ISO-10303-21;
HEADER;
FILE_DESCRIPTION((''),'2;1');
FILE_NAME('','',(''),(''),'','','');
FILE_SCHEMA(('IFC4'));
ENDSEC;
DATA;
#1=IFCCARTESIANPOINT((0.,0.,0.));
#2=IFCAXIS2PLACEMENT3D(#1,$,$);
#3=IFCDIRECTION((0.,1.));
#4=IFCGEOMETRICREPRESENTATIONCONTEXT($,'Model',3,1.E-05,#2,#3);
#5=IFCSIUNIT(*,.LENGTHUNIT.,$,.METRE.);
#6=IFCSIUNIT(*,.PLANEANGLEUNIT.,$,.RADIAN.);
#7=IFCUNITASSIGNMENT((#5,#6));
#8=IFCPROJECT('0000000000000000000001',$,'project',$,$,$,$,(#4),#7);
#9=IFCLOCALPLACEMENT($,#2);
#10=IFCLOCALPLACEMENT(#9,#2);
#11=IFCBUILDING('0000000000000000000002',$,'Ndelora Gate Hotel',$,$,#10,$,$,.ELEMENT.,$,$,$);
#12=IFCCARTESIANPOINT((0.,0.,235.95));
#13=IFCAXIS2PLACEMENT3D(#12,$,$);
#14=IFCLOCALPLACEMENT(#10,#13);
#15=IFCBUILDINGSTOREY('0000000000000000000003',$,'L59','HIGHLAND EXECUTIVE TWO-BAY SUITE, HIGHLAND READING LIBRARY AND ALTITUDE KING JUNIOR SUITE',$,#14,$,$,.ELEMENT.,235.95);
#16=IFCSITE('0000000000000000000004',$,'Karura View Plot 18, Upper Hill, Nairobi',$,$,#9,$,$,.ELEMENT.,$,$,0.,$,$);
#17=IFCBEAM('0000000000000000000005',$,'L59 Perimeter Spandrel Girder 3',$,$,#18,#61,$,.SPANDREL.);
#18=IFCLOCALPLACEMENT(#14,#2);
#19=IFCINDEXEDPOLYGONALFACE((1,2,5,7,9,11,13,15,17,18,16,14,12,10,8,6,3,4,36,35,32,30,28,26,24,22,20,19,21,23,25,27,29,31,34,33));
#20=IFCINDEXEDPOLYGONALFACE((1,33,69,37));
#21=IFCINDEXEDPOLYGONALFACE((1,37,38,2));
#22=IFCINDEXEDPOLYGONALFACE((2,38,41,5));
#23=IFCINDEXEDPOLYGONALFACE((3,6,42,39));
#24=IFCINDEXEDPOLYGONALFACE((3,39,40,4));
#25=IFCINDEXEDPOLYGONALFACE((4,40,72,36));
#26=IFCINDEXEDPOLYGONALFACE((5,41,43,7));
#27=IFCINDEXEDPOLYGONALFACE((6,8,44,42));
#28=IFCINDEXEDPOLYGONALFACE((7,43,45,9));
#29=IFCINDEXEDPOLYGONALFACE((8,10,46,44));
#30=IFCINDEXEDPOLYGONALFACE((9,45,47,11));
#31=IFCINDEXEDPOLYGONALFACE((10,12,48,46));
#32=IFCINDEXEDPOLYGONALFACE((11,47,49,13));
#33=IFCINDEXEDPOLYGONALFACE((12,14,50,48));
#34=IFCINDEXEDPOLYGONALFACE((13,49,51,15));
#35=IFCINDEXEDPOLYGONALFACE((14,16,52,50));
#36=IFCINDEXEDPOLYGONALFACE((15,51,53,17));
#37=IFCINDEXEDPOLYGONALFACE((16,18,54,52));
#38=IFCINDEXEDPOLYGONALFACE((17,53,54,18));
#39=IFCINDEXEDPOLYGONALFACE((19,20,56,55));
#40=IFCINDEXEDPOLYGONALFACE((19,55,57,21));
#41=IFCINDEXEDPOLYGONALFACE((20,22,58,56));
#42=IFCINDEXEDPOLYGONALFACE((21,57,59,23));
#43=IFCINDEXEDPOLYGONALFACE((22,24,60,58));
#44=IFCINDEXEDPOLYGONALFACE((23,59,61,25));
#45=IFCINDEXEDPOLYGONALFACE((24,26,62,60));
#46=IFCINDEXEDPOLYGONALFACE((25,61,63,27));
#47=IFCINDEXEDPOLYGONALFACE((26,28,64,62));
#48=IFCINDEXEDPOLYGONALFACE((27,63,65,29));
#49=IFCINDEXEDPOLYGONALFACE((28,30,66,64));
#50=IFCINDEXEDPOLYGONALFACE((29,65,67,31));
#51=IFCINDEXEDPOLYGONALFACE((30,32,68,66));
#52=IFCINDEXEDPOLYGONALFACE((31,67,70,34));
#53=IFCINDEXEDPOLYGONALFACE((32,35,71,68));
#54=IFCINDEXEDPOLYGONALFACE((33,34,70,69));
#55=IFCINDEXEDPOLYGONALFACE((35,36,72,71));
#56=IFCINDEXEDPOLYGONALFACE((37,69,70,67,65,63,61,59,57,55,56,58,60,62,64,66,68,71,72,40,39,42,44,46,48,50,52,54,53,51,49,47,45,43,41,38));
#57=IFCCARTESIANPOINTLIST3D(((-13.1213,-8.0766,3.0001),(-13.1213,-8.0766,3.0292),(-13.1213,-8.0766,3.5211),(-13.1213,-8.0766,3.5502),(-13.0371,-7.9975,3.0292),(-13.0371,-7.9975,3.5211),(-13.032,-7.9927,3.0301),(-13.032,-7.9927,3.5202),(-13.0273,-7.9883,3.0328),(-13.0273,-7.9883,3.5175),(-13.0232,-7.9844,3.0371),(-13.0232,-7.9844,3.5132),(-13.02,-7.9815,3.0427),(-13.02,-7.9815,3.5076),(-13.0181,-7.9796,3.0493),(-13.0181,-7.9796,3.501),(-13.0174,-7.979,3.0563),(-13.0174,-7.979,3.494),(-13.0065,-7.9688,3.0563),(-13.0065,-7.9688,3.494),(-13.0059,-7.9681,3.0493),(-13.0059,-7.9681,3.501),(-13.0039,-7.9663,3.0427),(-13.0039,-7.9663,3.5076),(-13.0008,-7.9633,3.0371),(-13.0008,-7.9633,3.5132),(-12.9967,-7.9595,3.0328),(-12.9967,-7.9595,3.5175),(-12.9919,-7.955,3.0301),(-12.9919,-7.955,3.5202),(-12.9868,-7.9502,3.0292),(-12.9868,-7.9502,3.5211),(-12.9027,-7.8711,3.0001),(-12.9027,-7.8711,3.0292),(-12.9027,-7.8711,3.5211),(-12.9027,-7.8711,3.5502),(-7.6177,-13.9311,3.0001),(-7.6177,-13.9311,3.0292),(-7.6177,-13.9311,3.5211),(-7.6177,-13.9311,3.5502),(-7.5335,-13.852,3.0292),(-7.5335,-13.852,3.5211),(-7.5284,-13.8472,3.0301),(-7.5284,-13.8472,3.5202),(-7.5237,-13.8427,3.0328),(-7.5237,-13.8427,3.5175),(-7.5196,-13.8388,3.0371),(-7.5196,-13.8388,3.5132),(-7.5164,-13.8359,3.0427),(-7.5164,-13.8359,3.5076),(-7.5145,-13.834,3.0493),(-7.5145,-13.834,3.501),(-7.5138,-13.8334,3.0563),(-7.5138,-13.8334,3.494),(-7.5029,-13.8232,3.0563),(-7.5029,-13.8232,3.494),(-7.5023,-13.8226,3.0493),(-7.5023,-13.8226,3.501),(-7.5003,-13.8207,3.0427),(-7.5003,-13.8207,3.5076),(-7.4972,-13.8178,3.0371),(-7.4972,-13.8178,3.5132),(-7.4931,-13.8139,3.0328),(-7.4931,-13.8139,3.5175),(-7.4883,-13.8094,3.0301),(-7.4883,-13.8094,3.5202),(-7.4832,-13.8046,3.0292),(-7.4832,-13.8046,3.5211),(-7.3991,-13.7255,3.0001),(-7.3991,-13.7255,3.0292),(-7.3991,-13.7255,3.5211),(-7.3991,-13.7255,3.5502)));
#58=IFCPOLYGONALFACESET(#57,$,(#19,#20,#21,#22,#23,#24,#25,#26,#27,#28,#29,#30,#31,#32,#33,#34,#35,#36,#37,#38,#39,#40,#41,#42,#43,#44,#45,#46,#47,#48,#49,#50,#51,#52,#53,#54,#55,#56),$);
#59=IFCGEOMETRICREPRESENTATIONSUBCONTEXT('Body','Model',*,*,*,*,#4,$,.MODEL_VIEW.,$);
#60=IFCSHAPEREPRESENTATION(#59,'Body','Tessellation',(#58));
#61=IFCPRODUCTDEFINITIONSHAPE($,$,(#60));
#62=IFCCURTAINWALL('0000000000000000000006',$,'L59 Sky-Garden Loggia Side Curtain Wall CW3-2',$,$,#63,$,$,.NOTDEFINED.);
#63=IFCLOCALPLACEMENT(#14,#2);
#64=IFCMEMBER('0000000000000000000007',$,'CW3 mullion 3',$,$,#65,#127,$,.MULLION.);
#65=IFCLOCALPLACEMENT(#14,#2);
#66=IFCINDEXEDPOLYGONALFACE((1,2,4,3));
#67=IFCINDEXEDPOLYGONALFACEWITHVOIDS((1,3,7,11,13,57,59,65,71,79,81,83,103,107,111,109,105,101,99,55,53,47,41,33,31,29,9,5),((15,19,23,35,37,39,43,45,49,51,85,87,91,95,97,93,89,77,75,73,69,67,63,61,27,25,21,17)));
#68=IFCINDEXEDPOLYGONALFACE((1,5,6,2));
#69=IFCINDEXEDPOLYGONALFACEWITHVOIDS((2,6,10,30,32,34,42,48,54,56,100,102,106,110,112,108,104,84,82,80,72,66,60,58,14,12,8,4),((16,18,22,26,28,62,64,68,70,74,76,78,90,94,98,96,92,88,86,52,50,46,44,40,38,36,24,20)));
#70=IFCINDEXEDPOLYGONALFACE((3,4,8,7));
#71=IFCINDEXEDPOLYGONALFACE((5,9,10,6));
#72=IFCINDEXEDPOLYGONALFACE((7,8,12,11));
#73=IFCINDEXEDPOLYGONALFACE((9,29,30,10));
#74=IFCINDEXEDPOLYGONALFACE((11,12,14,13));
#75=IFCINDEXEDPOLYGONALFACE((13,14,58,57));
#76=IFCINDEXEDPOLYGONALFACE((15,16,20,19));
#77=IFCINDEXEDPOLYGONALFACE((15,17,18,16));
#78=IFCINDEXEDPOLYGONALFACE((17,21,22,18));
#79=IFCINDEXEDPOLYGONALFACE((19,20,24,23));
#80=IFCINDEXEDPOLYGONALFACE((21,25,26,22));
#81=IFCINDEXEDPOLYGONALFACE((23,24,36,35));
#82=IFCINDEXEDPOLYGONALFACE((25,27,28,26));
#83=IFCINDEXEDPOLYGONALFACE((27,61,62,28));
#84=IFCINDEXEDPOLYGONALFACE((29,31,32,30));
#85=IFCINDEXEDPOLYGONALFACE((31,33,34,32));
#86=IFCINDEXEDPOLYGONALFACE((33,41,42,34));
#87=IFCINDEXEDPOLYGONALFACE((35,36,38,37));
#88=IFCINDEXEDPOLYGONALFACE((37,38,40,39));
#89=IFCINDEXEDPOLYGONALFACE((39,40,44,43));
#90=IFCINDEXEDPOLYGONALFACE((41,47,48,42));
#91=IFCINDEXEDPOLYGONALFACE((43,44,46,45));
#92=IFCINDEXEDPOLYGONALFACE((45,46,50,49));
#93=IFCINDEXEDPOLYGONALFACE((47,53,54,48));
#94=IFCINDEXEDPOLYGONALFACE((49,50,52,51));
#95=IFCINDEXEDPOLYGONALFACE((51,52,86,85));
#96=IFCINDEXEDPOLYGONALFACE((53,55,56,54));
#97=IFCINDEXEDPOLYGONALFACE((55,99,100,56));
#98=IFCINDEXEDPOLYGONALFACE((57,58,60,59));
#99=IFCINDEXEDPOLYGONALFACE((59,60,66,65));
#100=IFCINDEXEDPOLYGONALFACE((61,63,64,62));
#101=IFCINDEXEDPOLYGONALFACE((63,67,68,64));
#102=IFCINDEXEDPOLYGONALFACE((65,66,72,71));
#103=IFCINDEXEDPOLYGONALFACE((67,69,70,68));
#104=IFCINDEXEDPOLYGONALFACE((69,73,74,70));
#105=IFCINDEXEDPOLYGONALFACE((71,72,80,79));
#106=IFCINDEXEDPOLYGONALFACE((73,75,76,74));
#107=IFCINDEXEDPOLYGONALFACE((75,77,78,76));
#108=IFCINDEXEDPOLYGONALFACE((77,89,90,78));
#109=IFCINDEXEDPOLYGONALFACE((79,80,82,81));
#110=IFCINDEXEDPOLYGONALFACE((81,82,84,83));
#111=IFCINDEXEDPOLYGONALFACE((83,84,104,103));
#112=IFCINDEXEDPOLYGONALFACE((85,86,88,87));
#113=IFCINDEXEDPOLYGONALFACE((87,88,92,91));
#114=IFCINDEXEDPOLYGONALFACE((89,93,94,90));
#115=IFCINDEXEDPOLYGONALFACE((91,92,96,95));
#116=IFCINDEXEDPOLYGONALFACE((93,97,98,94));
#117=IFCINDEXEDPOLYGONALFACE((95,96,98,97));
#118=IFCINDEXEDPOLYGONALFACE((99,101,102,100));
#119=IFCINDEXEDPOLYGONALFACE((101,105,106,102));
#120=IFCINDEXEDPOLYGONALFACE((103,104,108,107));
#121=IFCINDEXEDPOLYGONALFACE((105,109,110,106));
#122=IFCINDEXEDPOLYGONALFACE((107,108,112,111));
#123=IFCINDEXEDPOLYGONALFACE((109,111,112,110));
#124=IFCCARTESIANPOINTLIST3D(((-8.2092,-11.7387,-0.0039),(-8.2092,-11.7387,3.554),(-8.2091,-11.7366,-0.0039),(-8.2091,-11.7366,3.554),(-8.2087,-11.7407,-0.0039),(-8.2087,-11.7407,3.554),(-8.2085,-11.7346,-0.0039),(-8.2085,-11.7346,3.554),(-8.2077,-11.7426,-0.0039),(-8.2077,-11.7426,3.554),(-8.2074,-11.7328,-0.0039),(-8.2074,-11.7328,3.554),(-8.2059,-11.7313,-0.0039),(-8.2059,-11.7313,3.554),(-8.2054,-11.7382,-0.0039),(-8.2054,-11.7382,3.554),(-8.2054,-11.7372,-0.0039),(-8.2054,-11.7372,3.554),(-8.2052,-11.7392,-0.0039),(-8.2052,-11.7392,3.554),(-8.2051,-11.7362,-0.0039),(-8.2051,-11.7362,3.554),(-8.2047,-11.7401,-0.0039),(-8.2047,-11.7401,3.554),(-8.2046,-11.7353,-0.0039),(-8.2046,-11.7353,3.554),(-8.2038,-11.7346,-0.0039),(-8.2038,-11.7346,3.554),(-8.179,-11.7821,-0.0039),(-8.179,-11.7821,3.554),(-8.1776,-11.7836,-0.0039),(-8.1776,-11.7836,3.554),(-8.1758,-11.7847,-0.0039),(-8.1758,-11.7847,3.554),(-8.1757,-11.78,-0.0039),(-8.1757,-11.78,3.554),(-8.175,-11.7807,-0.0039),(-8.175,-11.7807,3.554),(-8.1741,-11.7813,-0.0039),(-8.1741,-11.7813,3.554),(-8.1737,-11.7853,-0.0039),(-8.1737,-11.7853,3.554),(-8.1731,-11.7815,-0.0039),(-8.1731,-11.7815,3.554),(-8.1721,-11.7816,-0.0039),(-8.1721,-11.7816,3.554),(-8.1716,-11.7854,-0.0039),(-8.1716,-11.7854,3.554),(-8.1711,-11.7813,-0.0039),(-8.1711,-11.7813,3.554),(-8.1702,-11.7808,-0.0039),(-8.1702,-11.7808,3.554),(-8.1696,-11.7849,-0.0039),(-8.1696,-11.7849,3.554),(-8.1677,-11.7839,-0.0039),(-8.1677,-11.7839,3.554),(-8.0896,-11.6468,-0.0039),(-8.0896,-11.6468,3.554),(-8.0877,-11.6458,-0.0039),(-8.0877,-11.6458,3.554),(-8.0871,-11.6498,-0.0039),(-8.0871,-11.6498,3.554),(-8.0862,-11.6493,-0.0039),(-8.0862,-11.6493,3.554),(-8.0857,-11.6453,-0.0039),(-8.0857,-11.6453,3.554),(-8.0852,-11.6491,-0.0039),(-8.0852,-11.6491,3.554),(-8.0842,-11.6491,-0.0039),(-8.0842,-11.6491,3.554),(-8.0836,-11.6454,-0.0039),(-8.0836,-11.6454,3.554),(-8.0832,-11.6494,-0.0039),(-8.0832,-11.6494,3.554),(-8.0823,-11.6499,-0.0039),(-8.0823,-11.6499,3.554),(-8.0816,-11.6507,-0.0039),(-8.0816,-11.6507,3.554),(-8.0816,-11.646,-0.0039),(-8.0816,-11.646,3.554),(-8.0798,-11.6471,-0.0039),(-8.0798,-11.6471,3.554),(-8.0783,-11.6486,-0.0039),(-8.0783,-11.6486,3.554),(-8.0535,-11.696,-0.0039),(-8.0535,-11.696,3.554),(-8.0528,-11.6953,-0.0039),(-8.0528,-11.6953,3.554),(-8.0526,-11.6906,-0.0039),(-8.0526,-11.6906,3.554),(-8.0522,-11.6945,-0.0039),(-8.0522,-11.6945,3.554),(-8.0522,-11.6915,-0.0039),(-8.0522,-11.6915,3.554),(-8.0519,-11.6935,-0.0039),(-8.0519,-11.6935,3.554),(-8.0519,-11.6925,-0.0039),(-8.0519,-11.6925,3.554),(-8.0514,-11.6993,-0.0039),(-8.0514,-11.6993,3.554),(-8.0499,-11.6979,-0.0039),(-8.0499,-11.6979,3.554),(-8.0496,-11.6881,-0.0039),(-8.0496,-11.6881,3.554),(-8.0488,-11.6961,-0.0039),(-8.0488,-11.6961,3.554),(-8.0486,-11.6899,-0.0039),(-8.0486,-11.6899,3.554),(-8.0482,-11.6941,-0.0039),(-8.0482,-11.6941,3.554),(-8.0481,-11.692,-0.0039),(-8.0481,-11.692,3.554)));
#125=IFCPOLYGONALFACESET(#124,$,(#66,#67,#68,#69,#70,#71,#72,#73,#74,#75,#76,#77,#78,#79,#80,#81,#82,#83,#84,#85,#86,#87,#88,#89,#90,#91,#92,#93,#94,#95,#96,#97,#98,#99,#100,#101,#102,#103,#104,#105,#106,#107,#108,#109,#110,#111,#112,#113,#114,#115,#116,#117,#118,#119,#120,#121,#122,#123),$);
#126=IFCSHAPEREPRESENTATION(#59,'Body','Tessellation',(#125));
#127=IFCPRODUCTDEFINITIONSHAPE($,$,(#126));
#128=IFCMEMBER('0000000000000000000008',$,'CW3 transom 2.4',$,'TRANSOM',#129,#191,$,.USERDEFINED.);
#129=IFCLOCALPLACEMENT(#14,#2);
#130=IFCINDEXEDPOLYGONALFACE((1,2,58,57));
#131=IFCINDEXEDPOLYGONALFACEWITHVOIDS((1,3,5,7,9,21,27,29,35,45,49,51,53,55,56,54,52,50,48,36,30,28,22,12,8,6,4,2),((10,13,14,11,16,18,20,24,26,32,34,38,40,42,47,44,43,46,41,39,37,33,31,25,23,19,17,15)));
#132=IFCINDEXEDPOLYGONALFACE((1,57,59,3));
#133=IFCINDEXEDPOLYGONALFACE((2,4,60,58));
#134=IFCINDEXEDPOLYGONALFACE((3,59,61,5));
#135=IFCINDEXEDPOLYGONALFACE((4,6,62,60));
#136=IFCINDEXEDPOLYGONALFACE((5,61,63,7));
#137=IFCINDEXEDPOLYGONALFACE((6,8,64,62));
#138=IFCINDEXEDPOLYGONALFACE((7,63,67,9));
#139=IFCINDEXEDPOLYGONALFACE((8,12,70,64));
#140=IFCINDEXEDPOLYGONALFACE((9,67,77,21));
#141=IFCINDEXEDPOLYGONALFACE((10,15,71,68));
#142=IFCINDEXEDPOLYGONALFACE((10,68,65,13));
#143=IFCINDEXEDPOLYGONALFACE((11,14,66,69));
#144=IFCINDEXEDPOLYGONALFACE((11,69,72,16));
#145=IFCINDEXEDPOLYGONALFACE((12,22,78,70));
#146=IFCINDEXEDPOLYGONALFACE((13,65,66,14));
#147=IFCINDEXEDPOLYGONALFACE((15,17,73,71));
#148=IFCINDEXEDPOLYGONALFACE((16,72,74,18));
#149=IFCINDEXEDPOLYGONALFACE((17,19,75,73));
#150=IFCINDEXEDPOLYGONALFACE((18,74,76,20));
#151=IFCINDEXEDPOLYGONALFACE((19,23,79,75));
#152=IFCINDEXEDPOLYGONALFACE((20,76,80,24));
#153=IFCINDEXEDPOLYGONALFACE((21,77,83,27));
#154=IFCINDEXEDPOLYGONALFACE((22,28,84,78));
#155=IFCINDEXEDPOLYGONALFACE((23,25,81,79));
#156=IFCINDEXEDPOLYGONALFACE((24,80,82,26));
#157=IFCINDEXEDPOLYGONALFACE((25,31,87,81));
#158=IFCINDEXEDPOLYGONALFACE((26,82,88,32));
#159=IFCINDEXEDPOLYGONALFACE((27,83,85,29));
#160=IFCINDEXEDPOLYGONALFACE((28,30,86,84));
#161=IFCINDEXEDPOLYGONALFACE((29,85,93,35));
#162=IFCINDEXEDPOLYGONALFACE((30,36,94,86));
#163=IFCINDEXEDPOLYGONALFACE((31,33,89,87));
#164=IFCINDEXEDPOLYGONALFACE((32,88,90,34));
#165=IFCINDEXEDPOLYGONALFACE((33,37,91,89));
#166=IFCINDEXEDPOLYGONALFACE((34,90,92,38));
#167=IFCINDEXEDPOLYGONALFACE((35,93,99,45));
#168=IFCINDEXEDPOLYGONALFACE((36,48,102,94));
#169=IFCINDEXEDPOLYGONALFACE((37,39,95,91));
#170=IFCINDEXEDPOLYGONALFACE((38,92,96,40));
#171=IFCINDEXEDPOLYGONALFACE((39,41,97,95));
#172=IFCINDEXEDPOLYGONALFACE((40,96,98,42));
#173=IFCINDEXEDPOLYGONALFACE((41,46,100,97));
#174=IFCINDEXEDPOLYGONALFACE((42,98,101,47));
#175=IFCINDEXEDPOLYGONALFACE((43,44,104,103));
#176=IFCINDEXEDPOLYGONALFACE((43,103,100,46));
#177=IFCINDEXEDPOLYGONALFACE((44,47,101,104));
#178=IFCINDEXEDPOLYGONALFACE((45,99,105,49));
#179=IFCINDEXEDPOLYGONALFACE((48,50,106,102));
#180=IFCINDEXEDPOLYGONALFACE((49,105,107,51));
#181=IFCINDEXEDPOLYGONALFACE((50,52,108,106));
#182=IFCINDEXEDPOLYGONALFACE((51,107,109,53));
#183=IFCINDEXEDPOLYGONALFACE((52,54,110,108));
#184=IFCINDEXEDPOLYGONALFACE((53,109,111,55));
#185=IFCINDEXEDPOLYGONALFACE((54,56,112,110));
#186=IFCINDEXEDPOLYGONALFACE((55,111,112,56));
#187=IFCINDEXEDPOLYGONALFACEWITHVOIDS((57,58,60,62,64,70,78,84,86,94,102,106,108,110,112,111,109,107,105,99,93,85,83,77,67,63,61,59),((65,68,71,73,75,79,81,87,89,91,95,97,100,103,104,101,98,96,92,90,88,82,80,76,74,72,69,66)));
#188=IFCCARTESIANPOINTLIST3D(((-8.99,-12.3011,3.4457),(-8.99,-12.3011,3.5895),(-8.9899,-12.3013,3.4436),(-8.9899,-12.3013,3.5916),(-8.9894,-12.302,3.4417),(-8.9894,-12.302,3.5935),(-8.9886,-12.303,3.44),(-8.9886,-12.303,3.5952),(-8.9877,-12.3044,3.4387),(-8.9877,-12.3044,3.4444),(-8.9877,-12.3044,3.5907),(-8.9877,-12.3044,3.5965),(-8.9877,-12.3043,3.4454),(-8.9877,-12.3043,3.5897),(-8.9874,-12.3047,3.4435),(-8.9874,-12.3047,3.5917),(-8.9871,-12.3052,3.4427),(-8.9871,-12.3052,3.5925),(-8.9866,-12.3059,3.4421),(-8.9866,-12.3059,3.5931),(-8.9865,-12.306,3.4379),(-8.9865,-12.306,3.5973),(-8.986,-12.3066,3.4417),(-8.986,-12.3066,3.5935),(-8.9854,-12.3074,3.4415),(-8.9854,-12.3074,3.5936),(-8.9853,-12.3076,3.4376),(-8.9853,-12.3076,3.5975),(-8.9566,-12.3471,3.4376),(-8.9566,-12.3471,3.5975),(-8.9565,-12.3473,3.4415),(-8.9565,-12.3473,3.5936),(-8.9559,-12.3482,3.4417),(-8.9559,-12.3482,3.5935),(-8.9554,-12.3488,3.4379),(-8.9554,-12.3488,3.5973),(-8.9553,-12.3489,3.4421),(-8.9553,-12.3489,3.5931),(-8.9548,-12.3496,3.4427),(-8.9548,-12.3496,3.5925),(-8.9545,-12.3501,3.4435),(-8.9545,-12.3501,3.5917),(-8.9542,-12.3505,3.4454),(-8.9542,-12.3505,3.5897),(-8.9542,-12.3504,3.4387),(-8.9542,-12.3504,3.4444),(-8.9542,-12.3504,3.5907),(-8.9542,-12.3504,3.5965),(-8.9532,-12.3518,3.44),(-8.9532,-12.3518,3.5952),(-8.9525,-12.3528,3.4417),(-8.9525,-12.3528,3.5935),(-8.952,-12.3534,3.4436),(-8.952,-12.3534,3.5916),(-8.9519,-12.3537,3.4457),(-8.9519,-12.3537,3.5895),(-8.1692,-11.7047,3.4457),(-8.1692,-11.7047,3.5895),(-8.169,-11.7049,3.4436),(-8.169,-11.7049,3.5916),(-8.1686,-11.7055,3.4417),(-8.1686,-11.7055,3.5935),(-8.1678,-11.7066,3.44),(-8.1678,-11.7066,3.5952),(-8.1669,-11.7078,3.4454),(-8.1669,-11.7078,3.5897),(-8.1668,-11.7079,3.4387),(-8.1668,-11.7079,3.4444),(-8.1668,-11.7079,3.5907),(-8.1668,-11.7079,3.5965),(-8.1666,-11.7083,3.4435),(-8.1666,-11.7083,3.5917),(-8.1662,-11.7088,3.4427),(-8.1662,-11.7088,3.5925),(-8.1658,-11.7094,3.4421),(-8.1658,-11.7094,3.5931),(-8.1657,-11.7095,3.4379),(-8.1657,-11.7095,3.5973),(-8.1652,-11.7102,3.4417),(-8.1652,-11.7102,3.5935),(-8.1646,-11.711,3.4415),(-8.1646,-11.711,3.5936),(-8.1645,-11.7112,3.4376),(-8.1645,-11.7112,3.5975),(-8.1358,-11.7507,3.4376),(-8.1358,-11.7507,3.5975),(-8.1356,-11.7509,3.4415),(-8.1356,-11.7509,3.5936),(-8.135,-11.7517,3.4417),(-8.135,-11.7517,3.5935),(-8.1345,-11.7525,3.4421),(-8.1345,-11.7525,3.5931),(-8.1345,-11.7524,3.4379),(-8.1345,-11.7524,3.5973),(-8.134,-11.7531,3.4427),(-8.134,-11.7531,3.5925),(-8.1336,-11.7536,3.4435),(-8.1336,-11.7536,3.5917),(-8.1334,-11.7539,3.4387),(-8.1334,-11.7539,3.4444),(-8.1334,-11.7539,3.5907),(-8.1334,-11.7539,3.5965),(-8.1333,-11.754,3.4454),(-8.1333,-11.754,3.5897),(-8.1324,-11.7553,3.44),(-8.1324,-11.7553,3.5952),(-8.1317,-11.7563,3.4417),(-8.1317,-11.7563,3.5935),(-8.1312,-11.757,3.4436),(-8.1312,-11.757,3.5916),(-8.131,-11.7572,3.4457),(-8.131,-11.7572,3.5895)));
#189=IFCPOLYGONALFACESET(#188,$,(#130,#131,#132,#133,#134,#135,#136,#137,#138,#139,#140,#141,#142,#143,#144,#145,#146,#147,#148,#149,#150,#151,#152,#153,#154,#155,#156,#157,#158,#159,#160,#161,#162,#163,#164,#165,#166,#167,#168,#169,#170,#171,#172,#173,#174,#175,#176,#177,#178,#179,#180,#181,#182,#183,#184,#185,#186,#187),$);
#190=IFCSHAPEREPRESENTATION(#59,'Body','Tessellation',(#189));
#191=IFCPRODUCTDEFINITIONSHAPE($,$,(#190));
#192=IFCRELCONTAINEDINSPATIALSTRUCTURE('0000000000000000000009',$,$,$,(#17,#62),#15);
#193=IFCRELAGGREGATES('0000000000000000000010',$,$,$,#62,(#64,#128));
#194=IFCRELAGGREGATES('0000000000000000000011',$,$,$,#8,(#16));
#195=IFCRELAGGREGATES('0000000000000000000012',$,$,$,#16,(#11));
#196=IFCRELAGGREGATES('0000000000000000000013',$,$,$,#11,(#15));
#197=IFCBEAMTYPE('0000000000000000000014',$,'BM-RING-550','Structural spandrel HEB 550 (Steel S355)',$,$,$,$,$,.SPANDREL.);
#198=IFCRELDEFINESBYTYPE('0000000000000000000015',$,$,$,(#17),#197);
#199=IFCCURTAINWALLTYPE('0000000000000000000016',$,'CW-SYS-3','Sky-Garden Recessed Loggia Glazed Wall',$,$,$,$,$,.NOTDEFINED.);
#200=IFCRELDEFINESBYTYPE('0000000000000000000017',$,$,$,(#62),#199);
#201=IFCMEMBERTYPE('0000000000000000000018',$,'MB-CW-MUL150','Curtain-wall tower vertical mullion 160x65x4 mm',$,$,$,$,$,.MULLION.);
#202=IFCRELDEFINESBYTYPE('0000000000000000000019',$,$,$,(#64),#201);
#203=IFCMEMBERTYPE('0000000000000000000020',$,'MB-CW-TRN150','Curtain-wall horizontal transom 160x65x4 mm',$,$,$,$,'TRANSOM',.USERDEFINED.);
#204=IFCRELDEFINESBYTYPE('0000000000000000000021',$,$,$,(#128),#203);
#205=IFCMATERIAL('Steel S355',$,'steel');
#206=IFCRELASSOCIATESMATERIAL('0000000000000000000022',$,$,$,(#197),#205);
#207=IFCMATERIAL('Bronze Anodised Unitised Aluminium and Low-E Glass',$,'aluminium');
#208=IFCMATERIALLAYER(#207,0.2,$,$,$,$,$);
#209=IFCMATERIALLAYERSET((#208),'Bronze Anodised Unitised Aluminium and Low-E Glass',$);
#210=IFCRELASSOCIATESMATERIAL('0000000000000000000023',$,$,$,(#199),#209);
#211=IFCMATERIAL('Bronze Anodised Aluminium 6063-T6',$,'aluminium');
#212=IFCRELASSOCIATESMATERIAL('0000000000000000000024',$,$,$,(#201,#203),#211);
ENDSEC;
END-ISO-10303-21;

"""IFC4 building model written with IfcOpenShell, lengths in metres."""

from ifc_helpers import new_model, si_unit, direction, frame, origin, origin_2d, place, context, subcontext, project, spatial, hollow_rectangle, i_section, extrude, material, layer, layer_set, material_profile, profile_set, type_object, element, aggregate, save


model = new_model("IFC4")

# Units and contexts
model_context = context("Model", 3, precision=1e-05, world=origin(), true_north=direction((0.0, 1.0)))
body_context = subcontext(model_context, "Body", "Model", "MODEL_VIEW")
ifc_project = project(units=[si_unit("LENGTHUNIT", "METRE"), si_unit("PLANEANGLEUNIT", "RADIAN")], contexts=[model_context])

# Site, building, storey
site_placement = place(None, origin())
site = spatial("IfcSite", under=ifc_project, at=site_placement, Name="Karura View Plot 18, Upper Hill, Nairobi", CompositionType="ELEMENT", RefElevation=0.0)
building_placement = place(site_placement, origin())
building = spatial("IfcBuilding", under=site, at=building_placement, Name="Ndelora Gate Hotel", CompositionType="ELEMENT")
storey_placement = place(building_placement, frame((0.0, 0.0, 235.95)))
storey = spatial("IfcBuildingStorey", under=building, at=storey_placement, Name="L59", Description="HIGHLAND EXECUTIVE TWO-BAY SUITE, HIGHLAND READING LIBRARY AND ALTITUDE KING JUNIOR SUITE", CompositionType="ELEMENT", Elevation=235.95)

# Beam
ifc_material_1 = material(Name="Steel S355", Category="steel")
ifc_material_profile_1 = material_profile(ifc_material_1, i_section(OverallWidth=0.3, OverallDepth=0.55, WebThickness=0.0149, FlangeThickness=0.0291, FilletRadius=0.0271, at=origin_2d()), Name="HEB 550")
ifc_profile_set_1 = profile_set([ifc_material_profile_1], Name="Steel S355")
beam_type_1 = type_object("IfcBeamType", Name="BM-RING-550", Description="Structural spandrel HEB 550 (Steel S355)", PredefinedType="SPANDREL", material=ifc_profile_set_1)
beam_1_placement = place(storey_placement, frame((-13.012, -7.9739, 3.2751), z_axis=(0.684939, -0.7286, 0.0), x_axis=(0.7286, 0.684939, 0.0)))
element("IfcBeam", 1, at=beam_1_placement, inside=storey, type_object=beam_type_1, Name="L59 Perimeter Spandrel Girder 3", PredefinedType="SPANDREL", context=body_context, shape_type="SweptSolid", body=[
    extrude(i_section(OverallWidth=0.3, OverallDepth=0.55, WebThickness=0.0149, FlangeThickness=0.0291, FilletRadius=0.0271, at=origin_2d()), origin(), (0.0, 0.0, 1.0), 8.0352),
])

# Curtain wall, members
ifc_material_2 = material(Name="Bronze Anodised Unitised Aluminium and Low-E Glass", Category="aluminium")
ifc_layer_1 = layer(ifc_material_2, 0.2)
ifc_layer_set_1 = layer_set([ifc_layer_1], Name="Bronze Anodised Unitised Aluminium and Low-E Glass")
curtain_wall_type = type_object("IfcCurtainWallType", Name="CW-SYS-3", Description="Sky-Garden Recessed Loggia Glazed Wall", PredefinedType="NOTDEFINED", material=ifc_layer_set_1)
curtain_wall_placement = place(storey_placement, origin())
curtain_wall = element("IfcCurtainWall", 2, at=curtain_wall_placement, inside=storey, type_object=curtain_wall_type, Name="L59 Sky-Garden Loggia Side Curtain Wall CW3-2", PredefinedType="NOTDEFINED")
ifc_material_3 = material(Name="Bronze Anodised Aluminium 6063-T6", Category="aluminium")
ifc_material_profile_2 = material_profile(ifc_material_3, hollow_rectangle(XDim=0.0649, YDim=0.1599, WallThickness=0.0039, InnerFilletRadius=0.0039, OuterFilletRadius=0.0081, at=origin_2d()), Name="ALU 160x65x4")
ifc_profile_set_2 = profile_set([ifc_material_profile_2], Name="Bronze Anodised Aluminium 6063-T6")
member_type_1 = type_object("IfcMemberType", Name="MB-CW-MUL150", Description="Curtain-wall tower vertical mullion 160x65x4 mm", PredefinedType="MULLION", material=ifc_profile_set_2)
member_1_placement = place(storey_placement, frame((-8.1287, -11.7153, -0.0039), z_axis=(0.0, 0.0, 1.0), x_axis=(-0.587764, 0.809033, 0.0)))
member_1 = element("IfcMember", 3, at=member_1_placement, type_object=member_type_1, Name="CW3 mullion 3", PredefinedType="MULLION", context=body_context, shape_type="SweptSolid", body=[
    extrude(hollow_rectangle(XDim=0.0649, YDim=0.1599, WallThickness=0.0039, InnerFilletRadius=0.0039, OuterFilletRadius=0.0081, at=origin_2d()), origin(), (0.0, 0.0, 1.0), 3.5579),
])
ifc_material_profile_3 = material_profile(ifc_material_3, hollow_rectangle(XDim=0.0649, YDim=0.1599, WallThickness=0.0039, InnerFilletRadius=0.0039, OuterFilletRadius=0.0081, at=origin_2d()), Name="ALU 160x65x4")
ifc_profile_set_3 = profile_set([ifc_material_profile_3], Name="Bronze Anodised Aluminium 6063-T6")
member_type_2 = type_object("IfcMemberType", Name="MB-CW-TRN150", Description="Curtain-wall horizontal transom 160x65x4 mm", ElementType="TRANSOM", PredefinedType="USERDEFINED", material=ifc_profile_set_3)
member_2_placement = place(storey_placement, frame((-8.9709, -12.3274, 3.5176), z_axis=(0.808975, 0.587843, 0.0), x_axis=(-0.587843, 0.808975, 0.0)))
member_2 = element("IfcMember", 4, at=member_2_placement, type_object=member_type_2, Name="CW3 transom 2.4", ObjectType="TRANSOM", PredefinedType="USERDEFINED", context=body_context, shape_type="SweptSolid", body=[
    extrude(hollow_rectangle(XDim=0.0649, YDim=0.1599, WallThickness=0.0039, InnerFilletRadius=0.0039, OuterFilletRadius=0.0081, at=origin_2d()), origin(), (0.0, 0.0, 1.0), 1.0146),
])
aggregate(curtain_wall, [member_1, member_2])

save(model, "model.ifc")
